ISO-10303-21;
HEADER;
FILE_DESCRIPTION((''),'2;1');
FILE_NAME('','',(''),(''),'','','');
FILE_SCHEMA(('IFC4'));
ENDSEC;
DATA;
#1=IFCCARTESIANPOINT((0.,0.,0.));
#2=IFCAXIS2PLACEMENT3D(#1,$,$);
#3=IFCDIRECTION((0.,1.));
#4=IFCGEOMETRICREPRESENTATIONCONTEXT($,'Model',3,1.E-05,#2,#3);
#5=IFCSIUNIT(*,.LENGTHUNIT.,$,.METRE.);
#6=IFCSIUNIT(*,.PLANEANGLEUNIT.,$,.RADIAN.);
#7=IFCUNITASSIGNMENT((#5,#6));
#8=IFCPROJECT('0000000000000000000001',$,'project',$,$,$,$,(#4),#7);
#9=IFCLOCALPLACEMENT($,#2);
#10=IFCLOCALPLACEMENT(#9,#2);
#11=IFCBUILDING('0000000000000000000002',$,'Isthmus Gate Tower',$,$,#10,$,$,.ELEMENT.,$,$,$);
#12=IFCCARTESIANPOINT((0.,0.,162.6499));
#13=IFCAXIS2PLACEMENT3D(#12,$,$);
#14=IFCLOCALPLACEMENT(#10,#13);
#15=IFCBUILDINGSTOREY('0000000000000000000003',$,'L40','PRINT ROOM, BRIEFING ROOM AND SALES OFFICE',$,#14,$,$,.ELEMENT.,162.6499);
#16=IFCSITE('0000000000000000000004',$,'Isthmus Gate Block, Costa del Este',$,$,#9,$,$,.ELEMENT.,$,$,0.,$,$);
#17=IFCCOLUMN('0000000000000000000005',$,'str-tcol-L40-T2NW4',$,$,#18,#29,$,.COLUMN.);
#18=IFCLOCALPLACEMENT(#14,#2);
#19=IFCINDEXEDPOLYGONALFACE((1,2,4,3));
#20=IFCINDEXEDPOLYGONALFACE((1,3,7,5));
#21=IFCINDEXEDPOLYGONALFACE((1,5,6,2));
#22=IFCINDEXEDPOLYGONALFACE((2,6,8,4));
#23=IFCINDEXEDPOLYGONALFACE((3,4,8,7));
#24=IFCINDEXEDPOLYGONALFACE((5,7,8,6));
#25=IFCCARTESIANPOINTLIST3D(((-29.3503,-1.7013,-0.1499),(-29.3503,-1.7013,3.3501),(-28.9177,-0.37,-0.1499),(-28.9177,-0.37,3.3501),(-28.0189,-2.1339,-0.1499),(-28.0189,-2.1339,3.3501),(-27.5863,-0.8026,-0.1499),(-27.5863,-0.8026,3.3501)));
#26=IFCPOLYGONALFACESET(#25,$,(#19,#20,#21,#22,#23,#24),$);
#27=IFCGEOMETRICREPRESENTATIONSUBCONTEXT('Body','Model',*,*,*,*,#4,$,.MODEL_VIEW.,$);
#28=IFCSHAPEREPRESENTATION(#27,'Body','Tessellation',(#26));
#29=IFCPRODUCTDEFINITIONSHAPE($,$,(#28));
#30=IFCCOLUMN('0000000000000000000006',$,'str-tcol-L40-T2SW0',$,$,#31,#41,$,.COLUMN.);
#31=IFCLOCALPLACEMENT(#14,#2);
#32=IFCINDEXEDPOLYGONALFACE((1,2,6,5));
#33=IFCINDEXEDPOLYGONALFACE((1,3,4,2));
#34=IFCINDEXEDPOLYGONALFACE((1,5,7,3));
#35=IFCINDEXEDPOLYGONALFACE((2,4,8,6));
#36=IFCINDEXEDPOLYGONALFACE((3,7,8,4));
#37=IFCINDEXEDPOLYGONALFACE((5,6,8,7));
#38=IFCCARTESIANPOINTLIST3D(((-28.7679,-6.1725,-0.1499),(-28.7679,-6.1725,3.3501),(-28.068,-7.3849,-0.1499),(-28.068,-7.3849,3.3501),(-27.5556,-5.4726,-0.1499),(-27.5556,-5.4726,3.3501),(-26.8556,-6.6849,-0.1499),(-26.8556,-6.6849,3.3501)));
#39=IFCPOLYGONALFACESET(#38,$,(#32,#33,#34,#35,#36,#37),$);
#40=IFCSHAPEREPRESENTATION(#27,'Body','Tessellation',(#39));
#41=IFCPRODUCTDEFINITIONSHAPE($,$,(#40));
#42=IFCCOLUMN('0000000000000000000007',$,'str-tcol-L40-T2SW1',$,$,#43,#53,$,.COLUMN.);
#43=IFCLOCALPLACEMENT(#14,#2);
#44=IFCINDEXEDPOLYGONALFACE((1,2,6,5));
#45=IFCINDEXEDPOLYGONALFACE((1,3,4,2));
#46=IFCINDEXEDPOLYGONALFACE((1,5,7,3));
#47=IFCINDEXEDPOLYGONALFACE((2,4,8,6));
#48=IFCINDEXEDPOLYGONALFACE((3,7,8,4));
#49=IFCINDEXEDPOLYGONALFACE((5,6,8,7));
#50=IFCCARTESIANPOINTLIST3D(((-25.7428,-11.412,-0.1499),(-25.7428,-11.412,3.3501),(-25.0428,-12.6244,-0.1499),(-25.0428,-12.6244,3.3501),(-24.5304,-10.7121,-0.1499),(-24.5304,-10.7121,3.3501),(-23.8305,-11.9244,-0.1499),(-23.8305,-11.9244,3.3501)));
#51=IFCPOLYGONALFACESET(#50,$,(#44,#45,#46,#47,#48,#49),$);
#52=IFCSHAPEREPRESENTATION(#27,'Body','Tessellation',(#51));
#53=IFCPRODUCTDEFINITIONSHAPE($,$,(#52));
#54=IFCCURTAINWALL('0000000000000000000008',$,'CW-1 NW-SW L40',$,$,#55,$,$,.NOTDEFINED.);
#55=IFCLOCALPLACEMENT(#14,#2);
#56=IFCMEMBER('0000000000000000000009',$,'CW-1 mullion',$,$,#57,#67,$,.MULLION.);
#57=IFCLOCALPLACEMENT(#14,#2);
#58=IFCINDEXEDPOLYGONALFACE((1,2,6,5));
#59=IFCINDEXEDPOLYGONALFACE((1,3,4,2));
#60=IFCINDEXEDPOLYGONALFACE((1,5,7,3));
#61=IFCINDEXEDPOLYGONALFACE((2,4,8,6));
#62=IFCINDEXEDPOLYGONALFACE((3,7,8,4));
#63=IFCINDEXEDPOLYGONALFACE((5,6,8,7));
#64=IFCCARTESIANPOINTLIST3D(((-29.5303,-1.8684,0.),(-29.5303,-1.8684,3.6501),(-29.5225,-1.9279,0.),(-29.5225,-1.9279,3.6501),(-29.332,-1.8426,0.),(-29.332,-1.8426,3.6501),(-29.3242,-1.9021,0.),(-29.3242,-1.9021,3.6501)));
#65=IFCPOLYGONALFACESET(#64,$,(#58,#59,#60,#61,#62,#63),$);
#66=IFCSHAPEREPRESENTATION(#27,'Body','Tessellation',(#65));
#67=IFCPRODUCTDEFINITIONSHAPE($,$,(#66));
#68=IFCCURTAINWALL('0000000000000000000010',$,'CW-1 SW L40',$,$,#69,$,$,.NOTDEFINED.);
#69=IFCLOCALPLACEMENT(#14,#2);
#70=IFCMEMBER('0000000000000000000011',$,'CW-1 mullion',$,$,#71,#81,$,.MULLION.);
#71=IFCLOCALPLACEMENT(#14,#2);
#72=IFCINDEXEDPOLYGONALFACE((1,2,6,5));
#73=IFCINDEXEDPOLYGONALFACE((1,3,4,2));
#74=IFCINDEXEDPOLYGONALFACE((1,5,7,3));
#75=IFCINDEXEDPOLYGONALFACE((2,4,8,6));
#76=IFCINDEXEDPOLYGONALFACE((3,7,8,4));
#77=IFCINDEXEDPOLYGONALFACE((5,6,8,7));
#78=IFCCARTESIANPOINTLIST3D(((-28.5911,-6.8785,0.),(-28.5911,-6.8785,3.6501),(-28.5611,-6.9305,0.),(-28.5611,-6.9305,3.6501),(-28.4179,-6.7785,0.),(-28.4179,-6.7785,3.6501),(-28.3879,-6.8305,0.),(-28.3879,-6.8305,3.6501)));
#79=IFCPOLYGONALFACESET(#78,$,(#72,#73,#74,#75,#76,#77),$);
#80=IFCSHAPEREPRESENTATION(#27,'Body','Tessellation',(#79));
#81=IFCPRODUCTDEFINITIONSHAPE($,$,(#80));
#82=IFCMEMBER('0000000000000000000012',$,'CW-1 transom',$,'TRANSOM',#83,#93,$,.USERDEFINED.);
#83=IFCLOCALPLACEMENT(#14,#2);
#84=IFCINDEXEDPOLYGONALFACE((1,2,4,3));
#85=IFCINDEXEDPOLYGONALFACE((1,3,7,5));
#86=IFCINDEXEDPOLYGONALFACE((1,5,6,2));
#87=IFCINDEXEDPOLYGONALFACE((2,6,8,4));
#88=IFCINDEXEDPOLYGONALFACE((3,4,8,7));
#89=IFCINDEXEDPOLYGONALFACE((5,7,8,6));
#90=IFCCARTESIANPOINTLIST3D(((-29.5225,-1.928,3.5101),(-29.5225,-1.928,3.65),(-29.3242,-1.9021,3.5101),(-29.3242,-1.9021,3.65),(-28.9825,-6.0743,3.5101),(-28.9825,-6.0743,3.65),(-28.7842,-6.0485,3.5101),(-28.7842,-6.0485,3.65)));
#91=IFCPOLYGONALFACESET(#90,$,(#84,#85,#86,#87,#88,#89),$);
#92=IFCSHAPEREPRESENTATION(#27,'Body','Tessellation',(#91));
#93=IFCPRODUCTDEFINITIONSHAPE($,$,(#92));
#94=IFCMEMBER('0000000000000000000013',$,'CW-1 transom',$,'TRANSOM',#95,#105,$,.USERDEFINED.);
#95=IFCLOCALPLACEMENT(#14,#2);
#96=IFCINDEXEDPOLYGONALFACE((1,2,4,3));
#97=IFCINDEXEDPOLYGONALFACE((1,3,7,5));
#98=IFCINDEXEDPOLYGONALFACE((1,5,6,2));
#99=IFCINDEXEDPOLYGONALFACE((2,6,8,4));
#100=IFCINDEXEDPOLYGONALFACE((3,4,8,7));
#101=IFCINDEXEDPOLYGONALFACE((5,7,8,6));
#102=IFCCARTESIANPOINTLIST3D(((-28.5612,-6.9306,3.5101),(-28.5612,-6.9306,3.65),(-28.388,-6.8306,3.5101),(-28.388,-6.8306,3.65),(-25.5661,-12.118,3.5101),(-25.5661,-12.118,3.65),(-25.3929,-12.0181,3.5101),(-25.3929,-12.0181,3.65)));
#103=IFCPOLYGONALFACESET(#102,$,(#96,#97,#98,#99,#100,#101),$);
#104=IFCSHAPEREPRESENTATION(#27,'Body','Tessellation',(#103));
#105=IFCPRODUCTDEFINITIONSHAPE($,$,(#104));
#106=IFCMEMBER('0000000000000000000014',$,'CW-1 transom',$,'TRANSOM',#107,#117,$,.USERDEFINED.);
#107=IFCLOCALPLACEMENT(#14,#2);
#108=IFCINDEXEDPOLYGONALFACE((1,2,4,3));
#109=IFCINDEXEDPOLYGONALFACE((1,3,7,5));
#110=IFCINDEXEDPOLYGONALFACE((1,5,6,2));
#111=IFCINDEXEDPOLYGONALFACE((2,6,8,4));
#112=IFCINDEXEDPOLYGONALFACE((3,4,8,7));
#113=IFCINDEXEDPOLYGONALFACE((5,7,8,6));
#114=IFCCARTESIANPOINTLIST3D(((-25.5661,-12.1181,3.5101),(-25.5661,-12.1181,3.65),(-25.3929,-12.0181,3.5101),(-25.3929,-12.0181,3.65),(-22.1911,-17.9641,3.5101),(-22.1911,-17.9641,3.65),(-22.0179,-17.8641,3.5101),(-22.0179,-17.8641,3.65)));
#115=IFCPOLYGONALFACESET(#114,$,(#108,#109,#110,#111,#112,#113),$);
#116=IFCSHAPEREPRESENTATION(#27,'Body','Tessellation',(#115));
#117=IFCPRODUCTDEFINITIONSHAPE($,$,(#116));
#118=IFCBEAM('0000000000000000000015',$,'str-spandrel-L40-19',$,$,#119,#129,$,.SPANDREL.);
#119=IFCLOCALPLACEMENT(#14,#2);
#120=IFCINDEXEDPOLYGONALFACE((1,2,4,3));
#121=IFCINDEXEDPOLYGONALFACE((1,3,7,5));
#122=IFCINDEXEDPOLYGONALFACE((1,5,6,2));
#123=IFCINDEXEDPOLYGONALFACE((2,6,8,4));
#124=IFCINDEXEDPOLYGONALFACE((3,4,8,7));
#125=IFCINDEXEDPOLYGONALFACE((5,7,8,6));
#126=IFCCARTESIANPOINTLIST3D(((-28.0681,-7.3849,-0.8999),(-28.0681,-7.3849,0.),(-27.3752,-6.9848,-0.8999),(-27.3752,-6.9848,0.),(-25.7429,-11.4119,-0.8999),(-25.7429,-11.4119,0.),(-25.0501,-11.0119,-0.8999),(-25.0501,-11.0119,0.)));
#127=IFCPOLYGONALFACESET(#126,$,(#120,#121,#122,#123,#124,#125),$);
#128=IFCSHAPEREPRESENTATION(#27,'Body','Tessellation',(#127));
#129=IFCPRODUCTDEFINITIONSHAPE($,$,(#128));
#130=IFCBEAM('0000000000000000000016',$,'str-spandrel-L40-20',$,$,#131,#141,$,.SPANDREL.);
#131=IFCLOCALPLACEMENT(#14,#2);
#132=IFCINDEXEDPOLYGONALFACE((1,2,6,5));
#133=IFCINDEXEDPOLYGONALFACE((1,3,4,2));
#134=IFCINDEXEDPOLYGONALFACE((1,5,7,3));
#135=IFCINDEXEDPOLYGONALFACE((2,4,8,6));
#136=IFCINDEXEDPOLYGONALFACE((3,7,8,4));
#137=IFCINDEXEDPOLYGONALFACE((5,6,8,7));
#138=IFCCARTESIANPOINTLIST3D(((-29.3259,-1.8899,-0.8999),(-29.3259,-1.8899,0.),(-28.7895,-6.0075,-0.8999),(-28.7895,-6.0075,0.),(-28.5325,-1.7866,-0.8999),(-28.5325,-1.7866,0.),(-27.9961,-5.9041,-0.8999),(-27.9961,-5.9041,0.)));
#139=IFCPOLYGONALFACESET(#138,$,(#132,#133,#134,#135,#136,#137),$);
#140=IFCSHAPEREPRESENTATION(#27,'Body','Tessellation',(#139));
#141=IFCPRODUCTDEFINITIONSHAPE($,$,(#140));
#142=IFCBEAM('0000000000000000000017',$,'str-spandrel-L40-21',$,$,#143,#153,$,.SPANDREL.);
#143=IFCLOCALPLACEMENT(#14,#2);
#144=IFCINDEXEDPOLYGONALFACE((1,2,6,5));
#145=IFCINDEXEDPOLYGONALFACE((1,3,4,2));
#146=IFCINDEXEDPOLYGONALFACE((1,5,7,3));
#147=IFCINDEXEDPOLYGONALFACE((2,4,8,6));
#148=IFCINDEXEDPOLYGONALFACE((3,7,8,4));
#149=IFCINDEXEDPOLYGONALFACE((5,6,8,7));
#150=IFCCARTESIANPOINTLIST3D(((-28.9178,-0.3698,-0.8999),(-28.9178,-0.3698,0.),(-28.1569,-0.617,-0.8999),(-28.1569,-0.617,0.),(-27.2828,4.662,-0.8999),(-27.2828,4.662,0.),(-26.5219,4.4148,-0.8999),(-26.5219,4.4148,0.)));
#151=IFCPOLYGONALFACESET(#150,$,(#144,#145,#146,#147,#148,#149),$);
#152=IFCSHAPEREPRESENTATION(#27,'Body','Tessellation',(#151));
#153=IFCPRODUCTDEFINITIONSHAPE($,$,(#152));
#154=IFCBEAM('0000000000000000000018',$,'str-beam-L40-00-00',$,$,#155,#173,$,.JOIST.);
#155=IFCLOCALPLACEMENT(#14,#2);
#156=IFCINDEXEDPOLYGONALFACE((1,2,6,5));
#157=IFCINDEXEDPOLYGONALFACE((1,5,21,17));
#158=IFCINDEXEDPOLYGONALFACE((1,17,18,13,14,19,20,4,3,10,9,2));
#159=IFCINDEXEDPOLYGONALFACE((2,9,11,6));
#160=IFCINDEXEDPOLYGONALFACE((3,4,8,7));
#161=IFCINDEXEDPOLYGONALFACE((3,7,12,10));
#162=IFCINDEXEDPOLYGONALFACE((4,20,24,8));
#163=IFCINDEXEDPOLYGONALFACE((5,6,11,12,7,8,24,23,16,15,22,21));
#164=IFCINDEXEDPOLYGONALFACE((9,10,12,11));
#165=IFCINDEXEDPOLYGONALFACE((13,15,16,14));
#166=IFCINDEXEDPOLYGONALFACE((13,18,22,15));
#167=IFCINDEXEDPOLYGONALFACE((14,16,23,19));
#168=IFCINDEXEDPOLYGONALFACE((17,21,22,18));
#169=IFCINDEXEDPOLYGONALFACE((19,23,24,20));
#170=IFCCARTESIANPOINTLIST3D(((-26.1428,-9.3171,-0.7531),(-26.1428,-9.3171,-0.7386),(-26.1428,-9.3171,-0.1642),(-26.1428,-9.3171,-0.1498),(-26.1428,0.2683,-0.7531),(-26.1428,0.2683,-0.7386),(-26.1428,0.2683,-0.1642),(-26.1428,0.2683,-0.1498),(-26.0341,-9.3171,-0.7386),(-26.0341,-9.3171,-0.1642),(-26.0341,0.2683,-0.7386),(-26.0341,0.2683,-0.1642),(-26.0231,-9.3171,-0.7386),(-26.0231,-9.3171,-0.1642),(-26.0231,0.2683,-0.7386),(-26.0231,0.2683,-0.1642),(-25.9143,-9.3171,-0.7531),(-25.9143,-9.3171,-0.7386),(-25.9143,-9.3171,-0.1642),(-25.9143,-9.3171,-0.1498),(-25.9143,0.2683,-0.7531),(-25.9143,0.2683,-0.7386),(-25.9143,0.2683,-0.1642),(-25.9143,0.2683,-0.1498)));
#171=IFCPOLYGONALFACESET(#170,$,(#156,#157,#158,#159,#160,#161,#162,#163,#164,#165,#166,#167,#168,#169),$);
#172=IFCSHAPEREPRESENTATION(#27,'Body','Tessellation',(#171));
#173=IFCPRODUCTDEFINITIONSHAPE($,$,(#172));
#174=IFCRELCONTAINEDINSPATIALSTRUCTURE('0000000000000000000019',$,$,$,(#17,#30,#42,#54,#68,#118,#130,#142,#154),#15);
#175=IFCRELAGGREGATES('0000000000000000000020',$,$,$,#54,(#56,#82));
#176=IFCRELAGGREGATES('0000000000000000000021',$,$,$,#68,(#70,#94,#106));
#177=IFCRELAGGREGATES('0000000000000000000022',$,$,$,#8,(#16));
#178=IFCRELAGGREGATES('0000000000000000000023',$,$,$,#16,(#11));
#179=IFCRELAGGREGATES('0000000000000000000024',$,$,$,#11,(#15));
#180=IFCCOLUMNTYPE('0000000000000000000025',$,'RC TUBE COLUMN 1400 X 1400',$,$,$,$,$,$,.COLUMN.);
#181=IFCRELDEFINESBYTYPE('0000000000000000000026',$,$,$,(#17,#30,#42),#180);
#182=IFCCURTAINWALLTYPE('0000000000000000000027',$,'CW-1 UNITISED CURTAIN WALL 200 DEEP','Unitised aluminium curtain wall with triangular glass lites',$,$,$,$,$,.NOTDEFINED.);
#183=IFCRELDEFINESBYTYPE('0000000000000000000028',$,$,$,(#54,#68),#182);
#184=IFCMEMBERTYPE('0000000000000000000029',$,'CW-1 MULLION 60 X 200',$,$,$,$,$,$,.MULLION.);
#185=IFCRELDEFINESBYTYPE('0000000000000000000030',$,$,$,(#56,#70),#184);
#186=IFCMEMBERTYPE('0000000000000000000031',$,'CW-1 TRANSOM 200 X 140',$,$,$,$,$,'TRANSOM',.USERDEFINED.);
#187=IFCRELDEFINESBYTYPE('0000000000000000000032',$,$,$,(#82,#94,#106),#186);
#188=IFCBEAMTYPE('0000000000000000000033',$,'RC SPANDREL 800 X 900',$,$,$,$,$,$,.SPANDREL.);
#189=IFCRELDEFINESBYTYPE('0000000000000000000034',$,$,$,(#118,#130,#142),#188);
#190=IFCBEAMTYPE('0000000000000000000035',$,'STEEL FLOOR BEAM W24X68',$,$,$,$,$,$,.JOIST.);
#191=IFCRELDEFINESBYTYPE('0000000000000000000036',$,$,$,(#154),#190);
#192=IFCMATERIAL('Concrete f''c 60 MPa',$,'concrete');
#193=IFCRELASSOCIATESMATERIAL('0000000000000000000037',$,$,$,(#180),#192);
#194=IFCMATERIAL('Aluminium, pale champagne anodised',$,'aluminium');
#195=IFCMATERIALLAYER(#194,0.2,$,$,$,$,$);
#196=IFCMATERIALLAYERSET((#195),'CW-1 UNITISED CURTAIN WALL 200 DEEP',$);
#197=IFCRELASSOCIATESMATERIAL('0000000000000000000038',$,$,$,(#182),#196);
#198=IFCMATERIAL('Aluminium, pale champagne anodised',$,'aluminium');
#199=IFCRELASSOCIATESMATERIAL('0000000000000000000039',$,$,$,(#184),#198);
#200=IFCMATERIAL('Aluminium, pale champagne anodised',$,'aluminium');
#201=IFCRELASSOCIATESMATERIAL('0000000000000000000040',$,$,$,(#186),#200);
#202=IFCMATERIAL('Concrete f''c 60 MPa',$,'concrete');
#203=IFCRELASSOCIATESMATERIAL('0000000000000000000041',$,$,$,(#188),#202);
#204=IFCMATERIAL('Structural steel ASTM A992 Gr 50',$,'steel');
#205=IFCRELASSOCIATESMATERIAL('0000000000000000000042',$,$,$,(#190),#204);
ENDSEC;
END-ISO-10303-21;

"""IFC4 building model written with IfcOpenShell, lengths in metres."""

from ifc_helpers import new_model, si_unit, direction, frame, origin, origin_2d, place, context, subcontext, project, spatial, rectangle, i_section, extrude, material, layer, layer_set, material_profile, profile_set, type_object, element, aggregate, save


model = new_model("IFC4")

# Units and contexts
model_context = context("Model", 3, precision=1e-05, world=origin(), true_north=direction((0.0, 1.0)))
body_context = subcontext(model_context, "Body", "Model", "MODEL_VIEW")
ifc_project = project(units=[si_unit("LENGTHUNIT", "METRE"), si_unit("PLANEANGLEUNIT", "RADIAN")], contexts=[model_context])

# Site, building, storey
site_placement = place(None, origin())
site = spatial("IfcSite", under=ifc_project, at=site_placement, Name="Isthmus Gate Block, Costa del Este", CompositionType="ELEMENT", RefElevation=0.0)
building_placement = place(site_placement, origin())
building = spatial("IfcBuilding", under=site, at=building_placement, Name="Isthmus Gate Tower", CompositionType="ELEMENT")
storey_placement = place(building_placement, frame((0.0, 0.0, 162.6499)))
storey = spatial("IfcBuildingStorey", under=building, at=storey_placement, Name="L40", Description="PRINT ROOM, BRIEFING ROOM AND SALES OFFICE", CompositionType="ELEMENT", Elevation=162.6499)

# Columns
ifc_material_1 = material(Name="Concrete f'c 60 MPa", Category="concrete")
ifc_material_profile_1 = material_profile(ifc_material_1, rectangle(XDim=1.3999, YDim=1.3999, at=origin_2d()), Name="RC 1400X1400")
ifc_profile_set_1 = profile_set([ifc_material_profile_1], Name="Concrete f'c 60 MPa")
column_type = type_object("IfcColumnType", Name="RC TUBE COLUMN 1400 X 1400", PredefinedType="COLUMN", material=ifc_profile_set_1)
for number, where, z_axis, x_axis, name in (
    (1, (-28.4683, -1.252, -0.1499), (0.0, 0.0, 1.0), (-0.309017, -0.951057, 0.0), "str-tcol-L40-T2NW4"),
    (2, (-27.8118, -6.4287, -0.1499), (0.0, 0.0, 1.0), (0.5, -0.866025, 0.0), "str-tcol-L40-T2SW0"),
    (3, (-24.7866, -11.6682, -0.1499), (0.0, 0.0, 1.0), (0.5, -0.866025, 0.0), "str-tcol-L40-T2SW1"),
):
    element("IfcColumn", number, at=place(storey_placement, frame(where, z_axis=z_axis, x_axis=x_axis)), inside=storey, type_object=column_type, Name=name, PredefinedType="COLUMN", context=body_context, shape_type="SweptSolid", body=[
        extrude(rectangle(XDim=1.3999, YDim=1.3999, at=origin_2d()), origin(), (0.0, 0.0, 1.0), 3.5),
    ])

# Curtain walls, members
ifc_material_2 = material(Name="Aluminium, pale champagne anodised", Category="aluminium")
ifc_layer_1 = layer(ifc_material_2, 0.2)
ifc_layer_set_1 = layer_set([ifc_layer_1], Name="CW-1 UNITISED CURTAIN WALL 200 DEEP")
curtain_wall_type = type_object("IfcCurtainWallType", Name="CW-1 UNITISED CURTAIN WALL 200 DEEP", Description="Unitised aluminium curtain wall with triangular glass lites", PredefinedType="NOTDEFINED", material=ifc_layer_set_1)
curtain_wall_1_placement = place(storey_placement, origin())
curtain_wall_1 = element("IfcCurtainWall", 4, at=curtain_wall_1_placement, inside=storey, type_object=curtain_wall_type, Name="CW-1 NW-SW L40", PredefinedType="NOTDEFINED")
ifc_material_3 = material(Name="Aluminium, pale champagne anodised", Category="aluminium")
ifc_material_profile_2 = material_profile(ifc_material_3, rectangle(XDim=0.0601, YDim=0.2, at=origin_2d()), Name="60x200")
ifc_profile_set_2 = profile_set([ifc_material_profile_2], Name="Aluminium, pale champagne anodised")
member_type_1 = type_object("IfcMemberType", Name="CW-1 MULLION 60 X 200", PredefinedType="MULLION", material=ifc_profile_set_2)
member_1_placement = place(storey_placement, frame((-29.4272, -1.8853, 0.0), z_axis=(0.0, 0.0, 1.0), x_axis=(0.129165, -0.991623, 0.0)))
member_1 = element("IfcMember", 5, at=member_1_placement, type_object=member_type_1, Name="CW-1 mullion", PredefinedType="MULLION", context=body_context, shape_type="SweptSolid", body=[
    extrude(rectangle(XDim=0.0601, YDim=0.2, at=origin_2d()), origin(), (0.0, 0.0, 1.0), 3.6501),
])
curtain_wall_2_placement = place(storey_placement, origin())
curtain_wall_2 = element("IfcCurtainWall", 6, at=curtain_wall_2_placement, inside=storey, type_object=curtain_wall_type, Name="CW-1 SW L40", PredefinedType="NOTDEFINED")
member_2_placement = place(storey_placement, frame((-28.4895, -6.8545, 0.0), z_axis=(0.0, 0.0, 1.0), x_axis=(0.5, -0.866025, 0.0)))
member_2 = element("IfcMember", 7, at=member_2_placement, type_object=member_type_1, Name="CW-1 mullion", PredefinedType="MULLION", context=body_context, shape_type="SweptSolid", body=[
    extrude(rectangle(XDim=0.0601, YDim=0.2, at=origin_2d()), origin(), (0.0, 0.0, 1.0), 3.6501),
])

# Members
ifc_material_4 = material(Name="Aluminium, pale champagne anodised", Category="aluminium")
ifc_material_profile_3 = material_profile(ifc_material_4, rectangle(XDim=0.2, YDim=0.1399, at=origin_2d()), Name="200x140")
ifc_profile_set_3 = profile_set([ifc_material_profile_3], Name="Aluminium, pale champagne anodised")
member_type_2 = type_object("IfcMemberType", Name="CW-1 TRANSOM 200 X 140", ElementType="TRANSOM", PredefinedType="USERDEFINED", material=ifc_profile_set_3)
member_3_placement = place(storey_placement, frame((-29.4233, -1.915, 3.5801), z_axis=(0.129149, -0.991625, 0.0), x_axis=(0.991625, 0.129149, 0.0)))
member_3 = element("IfcMember", 8, at=member_3_placement, type_object=member_type_2, Name="CW-1 transom", ObjectType="TRANSOM", PredefinedType="USERDEFINED", context=body_context, shape_type="SweptSolid", body=[
    extrude(rectangle(XDim=0.2, YDim=0.1399, at=origin_2d()), origin(), (0.0, 0.0, 1.0), 4.1814),
])
member_4_placement = place(storey_placement, frame((-28.4746, -6.8806, 3.5801), z_axis=(0.500014, -0.866017, 0.0), x_axis=(0.866017, 0.500014, 0.0)))
member_4 = element("IfcMember", 9, at=member_4_placement, type_object=member_type_2, Name="CW-1 transom", ObjectType="TRANSOM", PredefinedType="USERDEFINED", context=body_context, shape_type="SweptSolid", body=[
    extrude(rectangle(XDim=0.2, YDim=0.1399, at=origin_2d()), origin(), (0.0, 0.0, 1.0), 5.99),
])
member_5_placement = place(storey_placement, frame((-25.4795, -12.0681, 3.5801), z_axis=(0.499982, -0.866036, 0.0), x_axis=(0.866036, 0.499982, 0.0)))
member_5 = element("IfcMember", 10, at=member_5_placement, type_object=member_type_2, Name="CW-1 transom", ObjectType="TRANSOM", PredefinedType="USERDEFINED", context=body_context, shape_type="SweptSolid", body=[
    extrude(rectangle(XDim=0.2, YDim=0.1399, at=origin_2d()), origin(), (0.0, 0.0, 1.0), 6.7502),
])

# Beams
ifc_material_5 = material(Name="Concrete f'c 60 MPa", Category="concrete")
ifc_material_profile_4 = material_profile(ifc_material_5, rectangle(XDim=0.8, YDim=0.8999, at=origin_2d()), Name="RC 800X900")
ifc_profile_set_4 = profile_set([ifc_material_profile_4], Name="Concrete f'c 60 MPa")
beam_type_1 = type_object("IfcBeamType", Name="RC SPANDREL 800 X 900", PredefinedType="SPANDREL", material=ifc_profile_set_4)
beam_1_placement = place(storey_placement, frame((-25.3965, -11.2119, -0.45), z_axis=(-0.500024, 0.866012, 0.0), x_axis=(-0.866012, -0.500024, 0.0)))
element("IfcBeam", 11, at=beam_1_placement, inside=storey, type_object=beam_type_1, Name="str-spandrel-L40-19", PredefinedType="SPANDREL", context=body_context, shape_type="SweptSolid", body=[
    extrude(rectangle(XDim=0.8, YDim=0.8999, at=origin_2d()), origin(), (0.0, 0.0, 1.0), 4.6501),
])
beam_2_placement = place(storey_placement, frame((-28.3928, -5.9558, -0.45), z_axis=(-0.129171, 0.991622, 0.0), x_axis=(-0.991622, -0.129171, 0.0)))
element("IfcBeam", 12, at=beam_2_placement, inside=storey, type_object=beam_type_1, Name="str-spandrel-L40-20", PredefinedType="SPANDREL", context=body_context, shape_type="SweptSolid", body=[
    extrude(rectangle(XDim=0.8, YDim=0.8999, at=origin_2d()), origin(), (0.0, 0.0, 1.0), 4.1523),
])
beam_3_placement = place(storey_placement, frame((-28.5374, -0.4934, -0.45), z_axis=(0.309034, 0.951051, 0.0), x_axis=(-0.951051, 0.309034, 0.0)))
element("IfcBeam", 13, at=beam_3_placement, inside=storey, type_object=beam_type_1, Name="str-spandrel-L40-21", PredefinedType="SPANDREL", context=body_context, shape_type="SweptSolid", body=[
    extrude(rectangle(XDim=0.8, YDim=0.8999, at=origin_2d()), origin(), (0.0, 0.0, 1.0), 5.2908),
])
ifc_material_6 = material(Name="Structural steel ASTM A992 Gr 50", Category="steel")
ifc_material_profile_5 = material_profile(ifc_material_6, i_section(OverallWidth=0.2285, OverallDepth=0.6033, WebThickness=0.011, FlangeThickness=0.0144, at=origin_2d()), Name="W24X68")
ifc_profile_set_5 = profile_set([ifc_material_profile_5], Name="Structural steel ASTM A992 Gr 50")
beam_type_2 = type_object("IfcBeamType", Name="STEEL FLOOR BEAM W24X68", PredefinedType="JOIST", material=ifc_profile_set_5)
beam_4_placement = place(storey_placement, frame((-26.0286, -9.3171, -0.4514), z_axis=(0.0, 1.0, 0.0), x_axis=(-1.0, 0.0, 0.0)))
element("IfcBeam", 14, at=beam_4_placement, inside=storey, type_object=beam_type_2, Name="str-beam-L40-00-00", PredefinedType="JOIST", context=body_context, shape_type="SweptSolid", body=[
    extrude(i_section(OverallWidth=0.2285, OverallDepth=0.6033, WebThickness=0.011, FlangeThickness=0.0144, at=origin_2d()), origin(), (0.0, 0.0, 1.0), 9.5854),
])

aggregate(curtain_wall_1, [member_1, member_3])
aggregate(curtain_wall_2, [member_2, member_4, member_5])

save(model, "model.ifc")
